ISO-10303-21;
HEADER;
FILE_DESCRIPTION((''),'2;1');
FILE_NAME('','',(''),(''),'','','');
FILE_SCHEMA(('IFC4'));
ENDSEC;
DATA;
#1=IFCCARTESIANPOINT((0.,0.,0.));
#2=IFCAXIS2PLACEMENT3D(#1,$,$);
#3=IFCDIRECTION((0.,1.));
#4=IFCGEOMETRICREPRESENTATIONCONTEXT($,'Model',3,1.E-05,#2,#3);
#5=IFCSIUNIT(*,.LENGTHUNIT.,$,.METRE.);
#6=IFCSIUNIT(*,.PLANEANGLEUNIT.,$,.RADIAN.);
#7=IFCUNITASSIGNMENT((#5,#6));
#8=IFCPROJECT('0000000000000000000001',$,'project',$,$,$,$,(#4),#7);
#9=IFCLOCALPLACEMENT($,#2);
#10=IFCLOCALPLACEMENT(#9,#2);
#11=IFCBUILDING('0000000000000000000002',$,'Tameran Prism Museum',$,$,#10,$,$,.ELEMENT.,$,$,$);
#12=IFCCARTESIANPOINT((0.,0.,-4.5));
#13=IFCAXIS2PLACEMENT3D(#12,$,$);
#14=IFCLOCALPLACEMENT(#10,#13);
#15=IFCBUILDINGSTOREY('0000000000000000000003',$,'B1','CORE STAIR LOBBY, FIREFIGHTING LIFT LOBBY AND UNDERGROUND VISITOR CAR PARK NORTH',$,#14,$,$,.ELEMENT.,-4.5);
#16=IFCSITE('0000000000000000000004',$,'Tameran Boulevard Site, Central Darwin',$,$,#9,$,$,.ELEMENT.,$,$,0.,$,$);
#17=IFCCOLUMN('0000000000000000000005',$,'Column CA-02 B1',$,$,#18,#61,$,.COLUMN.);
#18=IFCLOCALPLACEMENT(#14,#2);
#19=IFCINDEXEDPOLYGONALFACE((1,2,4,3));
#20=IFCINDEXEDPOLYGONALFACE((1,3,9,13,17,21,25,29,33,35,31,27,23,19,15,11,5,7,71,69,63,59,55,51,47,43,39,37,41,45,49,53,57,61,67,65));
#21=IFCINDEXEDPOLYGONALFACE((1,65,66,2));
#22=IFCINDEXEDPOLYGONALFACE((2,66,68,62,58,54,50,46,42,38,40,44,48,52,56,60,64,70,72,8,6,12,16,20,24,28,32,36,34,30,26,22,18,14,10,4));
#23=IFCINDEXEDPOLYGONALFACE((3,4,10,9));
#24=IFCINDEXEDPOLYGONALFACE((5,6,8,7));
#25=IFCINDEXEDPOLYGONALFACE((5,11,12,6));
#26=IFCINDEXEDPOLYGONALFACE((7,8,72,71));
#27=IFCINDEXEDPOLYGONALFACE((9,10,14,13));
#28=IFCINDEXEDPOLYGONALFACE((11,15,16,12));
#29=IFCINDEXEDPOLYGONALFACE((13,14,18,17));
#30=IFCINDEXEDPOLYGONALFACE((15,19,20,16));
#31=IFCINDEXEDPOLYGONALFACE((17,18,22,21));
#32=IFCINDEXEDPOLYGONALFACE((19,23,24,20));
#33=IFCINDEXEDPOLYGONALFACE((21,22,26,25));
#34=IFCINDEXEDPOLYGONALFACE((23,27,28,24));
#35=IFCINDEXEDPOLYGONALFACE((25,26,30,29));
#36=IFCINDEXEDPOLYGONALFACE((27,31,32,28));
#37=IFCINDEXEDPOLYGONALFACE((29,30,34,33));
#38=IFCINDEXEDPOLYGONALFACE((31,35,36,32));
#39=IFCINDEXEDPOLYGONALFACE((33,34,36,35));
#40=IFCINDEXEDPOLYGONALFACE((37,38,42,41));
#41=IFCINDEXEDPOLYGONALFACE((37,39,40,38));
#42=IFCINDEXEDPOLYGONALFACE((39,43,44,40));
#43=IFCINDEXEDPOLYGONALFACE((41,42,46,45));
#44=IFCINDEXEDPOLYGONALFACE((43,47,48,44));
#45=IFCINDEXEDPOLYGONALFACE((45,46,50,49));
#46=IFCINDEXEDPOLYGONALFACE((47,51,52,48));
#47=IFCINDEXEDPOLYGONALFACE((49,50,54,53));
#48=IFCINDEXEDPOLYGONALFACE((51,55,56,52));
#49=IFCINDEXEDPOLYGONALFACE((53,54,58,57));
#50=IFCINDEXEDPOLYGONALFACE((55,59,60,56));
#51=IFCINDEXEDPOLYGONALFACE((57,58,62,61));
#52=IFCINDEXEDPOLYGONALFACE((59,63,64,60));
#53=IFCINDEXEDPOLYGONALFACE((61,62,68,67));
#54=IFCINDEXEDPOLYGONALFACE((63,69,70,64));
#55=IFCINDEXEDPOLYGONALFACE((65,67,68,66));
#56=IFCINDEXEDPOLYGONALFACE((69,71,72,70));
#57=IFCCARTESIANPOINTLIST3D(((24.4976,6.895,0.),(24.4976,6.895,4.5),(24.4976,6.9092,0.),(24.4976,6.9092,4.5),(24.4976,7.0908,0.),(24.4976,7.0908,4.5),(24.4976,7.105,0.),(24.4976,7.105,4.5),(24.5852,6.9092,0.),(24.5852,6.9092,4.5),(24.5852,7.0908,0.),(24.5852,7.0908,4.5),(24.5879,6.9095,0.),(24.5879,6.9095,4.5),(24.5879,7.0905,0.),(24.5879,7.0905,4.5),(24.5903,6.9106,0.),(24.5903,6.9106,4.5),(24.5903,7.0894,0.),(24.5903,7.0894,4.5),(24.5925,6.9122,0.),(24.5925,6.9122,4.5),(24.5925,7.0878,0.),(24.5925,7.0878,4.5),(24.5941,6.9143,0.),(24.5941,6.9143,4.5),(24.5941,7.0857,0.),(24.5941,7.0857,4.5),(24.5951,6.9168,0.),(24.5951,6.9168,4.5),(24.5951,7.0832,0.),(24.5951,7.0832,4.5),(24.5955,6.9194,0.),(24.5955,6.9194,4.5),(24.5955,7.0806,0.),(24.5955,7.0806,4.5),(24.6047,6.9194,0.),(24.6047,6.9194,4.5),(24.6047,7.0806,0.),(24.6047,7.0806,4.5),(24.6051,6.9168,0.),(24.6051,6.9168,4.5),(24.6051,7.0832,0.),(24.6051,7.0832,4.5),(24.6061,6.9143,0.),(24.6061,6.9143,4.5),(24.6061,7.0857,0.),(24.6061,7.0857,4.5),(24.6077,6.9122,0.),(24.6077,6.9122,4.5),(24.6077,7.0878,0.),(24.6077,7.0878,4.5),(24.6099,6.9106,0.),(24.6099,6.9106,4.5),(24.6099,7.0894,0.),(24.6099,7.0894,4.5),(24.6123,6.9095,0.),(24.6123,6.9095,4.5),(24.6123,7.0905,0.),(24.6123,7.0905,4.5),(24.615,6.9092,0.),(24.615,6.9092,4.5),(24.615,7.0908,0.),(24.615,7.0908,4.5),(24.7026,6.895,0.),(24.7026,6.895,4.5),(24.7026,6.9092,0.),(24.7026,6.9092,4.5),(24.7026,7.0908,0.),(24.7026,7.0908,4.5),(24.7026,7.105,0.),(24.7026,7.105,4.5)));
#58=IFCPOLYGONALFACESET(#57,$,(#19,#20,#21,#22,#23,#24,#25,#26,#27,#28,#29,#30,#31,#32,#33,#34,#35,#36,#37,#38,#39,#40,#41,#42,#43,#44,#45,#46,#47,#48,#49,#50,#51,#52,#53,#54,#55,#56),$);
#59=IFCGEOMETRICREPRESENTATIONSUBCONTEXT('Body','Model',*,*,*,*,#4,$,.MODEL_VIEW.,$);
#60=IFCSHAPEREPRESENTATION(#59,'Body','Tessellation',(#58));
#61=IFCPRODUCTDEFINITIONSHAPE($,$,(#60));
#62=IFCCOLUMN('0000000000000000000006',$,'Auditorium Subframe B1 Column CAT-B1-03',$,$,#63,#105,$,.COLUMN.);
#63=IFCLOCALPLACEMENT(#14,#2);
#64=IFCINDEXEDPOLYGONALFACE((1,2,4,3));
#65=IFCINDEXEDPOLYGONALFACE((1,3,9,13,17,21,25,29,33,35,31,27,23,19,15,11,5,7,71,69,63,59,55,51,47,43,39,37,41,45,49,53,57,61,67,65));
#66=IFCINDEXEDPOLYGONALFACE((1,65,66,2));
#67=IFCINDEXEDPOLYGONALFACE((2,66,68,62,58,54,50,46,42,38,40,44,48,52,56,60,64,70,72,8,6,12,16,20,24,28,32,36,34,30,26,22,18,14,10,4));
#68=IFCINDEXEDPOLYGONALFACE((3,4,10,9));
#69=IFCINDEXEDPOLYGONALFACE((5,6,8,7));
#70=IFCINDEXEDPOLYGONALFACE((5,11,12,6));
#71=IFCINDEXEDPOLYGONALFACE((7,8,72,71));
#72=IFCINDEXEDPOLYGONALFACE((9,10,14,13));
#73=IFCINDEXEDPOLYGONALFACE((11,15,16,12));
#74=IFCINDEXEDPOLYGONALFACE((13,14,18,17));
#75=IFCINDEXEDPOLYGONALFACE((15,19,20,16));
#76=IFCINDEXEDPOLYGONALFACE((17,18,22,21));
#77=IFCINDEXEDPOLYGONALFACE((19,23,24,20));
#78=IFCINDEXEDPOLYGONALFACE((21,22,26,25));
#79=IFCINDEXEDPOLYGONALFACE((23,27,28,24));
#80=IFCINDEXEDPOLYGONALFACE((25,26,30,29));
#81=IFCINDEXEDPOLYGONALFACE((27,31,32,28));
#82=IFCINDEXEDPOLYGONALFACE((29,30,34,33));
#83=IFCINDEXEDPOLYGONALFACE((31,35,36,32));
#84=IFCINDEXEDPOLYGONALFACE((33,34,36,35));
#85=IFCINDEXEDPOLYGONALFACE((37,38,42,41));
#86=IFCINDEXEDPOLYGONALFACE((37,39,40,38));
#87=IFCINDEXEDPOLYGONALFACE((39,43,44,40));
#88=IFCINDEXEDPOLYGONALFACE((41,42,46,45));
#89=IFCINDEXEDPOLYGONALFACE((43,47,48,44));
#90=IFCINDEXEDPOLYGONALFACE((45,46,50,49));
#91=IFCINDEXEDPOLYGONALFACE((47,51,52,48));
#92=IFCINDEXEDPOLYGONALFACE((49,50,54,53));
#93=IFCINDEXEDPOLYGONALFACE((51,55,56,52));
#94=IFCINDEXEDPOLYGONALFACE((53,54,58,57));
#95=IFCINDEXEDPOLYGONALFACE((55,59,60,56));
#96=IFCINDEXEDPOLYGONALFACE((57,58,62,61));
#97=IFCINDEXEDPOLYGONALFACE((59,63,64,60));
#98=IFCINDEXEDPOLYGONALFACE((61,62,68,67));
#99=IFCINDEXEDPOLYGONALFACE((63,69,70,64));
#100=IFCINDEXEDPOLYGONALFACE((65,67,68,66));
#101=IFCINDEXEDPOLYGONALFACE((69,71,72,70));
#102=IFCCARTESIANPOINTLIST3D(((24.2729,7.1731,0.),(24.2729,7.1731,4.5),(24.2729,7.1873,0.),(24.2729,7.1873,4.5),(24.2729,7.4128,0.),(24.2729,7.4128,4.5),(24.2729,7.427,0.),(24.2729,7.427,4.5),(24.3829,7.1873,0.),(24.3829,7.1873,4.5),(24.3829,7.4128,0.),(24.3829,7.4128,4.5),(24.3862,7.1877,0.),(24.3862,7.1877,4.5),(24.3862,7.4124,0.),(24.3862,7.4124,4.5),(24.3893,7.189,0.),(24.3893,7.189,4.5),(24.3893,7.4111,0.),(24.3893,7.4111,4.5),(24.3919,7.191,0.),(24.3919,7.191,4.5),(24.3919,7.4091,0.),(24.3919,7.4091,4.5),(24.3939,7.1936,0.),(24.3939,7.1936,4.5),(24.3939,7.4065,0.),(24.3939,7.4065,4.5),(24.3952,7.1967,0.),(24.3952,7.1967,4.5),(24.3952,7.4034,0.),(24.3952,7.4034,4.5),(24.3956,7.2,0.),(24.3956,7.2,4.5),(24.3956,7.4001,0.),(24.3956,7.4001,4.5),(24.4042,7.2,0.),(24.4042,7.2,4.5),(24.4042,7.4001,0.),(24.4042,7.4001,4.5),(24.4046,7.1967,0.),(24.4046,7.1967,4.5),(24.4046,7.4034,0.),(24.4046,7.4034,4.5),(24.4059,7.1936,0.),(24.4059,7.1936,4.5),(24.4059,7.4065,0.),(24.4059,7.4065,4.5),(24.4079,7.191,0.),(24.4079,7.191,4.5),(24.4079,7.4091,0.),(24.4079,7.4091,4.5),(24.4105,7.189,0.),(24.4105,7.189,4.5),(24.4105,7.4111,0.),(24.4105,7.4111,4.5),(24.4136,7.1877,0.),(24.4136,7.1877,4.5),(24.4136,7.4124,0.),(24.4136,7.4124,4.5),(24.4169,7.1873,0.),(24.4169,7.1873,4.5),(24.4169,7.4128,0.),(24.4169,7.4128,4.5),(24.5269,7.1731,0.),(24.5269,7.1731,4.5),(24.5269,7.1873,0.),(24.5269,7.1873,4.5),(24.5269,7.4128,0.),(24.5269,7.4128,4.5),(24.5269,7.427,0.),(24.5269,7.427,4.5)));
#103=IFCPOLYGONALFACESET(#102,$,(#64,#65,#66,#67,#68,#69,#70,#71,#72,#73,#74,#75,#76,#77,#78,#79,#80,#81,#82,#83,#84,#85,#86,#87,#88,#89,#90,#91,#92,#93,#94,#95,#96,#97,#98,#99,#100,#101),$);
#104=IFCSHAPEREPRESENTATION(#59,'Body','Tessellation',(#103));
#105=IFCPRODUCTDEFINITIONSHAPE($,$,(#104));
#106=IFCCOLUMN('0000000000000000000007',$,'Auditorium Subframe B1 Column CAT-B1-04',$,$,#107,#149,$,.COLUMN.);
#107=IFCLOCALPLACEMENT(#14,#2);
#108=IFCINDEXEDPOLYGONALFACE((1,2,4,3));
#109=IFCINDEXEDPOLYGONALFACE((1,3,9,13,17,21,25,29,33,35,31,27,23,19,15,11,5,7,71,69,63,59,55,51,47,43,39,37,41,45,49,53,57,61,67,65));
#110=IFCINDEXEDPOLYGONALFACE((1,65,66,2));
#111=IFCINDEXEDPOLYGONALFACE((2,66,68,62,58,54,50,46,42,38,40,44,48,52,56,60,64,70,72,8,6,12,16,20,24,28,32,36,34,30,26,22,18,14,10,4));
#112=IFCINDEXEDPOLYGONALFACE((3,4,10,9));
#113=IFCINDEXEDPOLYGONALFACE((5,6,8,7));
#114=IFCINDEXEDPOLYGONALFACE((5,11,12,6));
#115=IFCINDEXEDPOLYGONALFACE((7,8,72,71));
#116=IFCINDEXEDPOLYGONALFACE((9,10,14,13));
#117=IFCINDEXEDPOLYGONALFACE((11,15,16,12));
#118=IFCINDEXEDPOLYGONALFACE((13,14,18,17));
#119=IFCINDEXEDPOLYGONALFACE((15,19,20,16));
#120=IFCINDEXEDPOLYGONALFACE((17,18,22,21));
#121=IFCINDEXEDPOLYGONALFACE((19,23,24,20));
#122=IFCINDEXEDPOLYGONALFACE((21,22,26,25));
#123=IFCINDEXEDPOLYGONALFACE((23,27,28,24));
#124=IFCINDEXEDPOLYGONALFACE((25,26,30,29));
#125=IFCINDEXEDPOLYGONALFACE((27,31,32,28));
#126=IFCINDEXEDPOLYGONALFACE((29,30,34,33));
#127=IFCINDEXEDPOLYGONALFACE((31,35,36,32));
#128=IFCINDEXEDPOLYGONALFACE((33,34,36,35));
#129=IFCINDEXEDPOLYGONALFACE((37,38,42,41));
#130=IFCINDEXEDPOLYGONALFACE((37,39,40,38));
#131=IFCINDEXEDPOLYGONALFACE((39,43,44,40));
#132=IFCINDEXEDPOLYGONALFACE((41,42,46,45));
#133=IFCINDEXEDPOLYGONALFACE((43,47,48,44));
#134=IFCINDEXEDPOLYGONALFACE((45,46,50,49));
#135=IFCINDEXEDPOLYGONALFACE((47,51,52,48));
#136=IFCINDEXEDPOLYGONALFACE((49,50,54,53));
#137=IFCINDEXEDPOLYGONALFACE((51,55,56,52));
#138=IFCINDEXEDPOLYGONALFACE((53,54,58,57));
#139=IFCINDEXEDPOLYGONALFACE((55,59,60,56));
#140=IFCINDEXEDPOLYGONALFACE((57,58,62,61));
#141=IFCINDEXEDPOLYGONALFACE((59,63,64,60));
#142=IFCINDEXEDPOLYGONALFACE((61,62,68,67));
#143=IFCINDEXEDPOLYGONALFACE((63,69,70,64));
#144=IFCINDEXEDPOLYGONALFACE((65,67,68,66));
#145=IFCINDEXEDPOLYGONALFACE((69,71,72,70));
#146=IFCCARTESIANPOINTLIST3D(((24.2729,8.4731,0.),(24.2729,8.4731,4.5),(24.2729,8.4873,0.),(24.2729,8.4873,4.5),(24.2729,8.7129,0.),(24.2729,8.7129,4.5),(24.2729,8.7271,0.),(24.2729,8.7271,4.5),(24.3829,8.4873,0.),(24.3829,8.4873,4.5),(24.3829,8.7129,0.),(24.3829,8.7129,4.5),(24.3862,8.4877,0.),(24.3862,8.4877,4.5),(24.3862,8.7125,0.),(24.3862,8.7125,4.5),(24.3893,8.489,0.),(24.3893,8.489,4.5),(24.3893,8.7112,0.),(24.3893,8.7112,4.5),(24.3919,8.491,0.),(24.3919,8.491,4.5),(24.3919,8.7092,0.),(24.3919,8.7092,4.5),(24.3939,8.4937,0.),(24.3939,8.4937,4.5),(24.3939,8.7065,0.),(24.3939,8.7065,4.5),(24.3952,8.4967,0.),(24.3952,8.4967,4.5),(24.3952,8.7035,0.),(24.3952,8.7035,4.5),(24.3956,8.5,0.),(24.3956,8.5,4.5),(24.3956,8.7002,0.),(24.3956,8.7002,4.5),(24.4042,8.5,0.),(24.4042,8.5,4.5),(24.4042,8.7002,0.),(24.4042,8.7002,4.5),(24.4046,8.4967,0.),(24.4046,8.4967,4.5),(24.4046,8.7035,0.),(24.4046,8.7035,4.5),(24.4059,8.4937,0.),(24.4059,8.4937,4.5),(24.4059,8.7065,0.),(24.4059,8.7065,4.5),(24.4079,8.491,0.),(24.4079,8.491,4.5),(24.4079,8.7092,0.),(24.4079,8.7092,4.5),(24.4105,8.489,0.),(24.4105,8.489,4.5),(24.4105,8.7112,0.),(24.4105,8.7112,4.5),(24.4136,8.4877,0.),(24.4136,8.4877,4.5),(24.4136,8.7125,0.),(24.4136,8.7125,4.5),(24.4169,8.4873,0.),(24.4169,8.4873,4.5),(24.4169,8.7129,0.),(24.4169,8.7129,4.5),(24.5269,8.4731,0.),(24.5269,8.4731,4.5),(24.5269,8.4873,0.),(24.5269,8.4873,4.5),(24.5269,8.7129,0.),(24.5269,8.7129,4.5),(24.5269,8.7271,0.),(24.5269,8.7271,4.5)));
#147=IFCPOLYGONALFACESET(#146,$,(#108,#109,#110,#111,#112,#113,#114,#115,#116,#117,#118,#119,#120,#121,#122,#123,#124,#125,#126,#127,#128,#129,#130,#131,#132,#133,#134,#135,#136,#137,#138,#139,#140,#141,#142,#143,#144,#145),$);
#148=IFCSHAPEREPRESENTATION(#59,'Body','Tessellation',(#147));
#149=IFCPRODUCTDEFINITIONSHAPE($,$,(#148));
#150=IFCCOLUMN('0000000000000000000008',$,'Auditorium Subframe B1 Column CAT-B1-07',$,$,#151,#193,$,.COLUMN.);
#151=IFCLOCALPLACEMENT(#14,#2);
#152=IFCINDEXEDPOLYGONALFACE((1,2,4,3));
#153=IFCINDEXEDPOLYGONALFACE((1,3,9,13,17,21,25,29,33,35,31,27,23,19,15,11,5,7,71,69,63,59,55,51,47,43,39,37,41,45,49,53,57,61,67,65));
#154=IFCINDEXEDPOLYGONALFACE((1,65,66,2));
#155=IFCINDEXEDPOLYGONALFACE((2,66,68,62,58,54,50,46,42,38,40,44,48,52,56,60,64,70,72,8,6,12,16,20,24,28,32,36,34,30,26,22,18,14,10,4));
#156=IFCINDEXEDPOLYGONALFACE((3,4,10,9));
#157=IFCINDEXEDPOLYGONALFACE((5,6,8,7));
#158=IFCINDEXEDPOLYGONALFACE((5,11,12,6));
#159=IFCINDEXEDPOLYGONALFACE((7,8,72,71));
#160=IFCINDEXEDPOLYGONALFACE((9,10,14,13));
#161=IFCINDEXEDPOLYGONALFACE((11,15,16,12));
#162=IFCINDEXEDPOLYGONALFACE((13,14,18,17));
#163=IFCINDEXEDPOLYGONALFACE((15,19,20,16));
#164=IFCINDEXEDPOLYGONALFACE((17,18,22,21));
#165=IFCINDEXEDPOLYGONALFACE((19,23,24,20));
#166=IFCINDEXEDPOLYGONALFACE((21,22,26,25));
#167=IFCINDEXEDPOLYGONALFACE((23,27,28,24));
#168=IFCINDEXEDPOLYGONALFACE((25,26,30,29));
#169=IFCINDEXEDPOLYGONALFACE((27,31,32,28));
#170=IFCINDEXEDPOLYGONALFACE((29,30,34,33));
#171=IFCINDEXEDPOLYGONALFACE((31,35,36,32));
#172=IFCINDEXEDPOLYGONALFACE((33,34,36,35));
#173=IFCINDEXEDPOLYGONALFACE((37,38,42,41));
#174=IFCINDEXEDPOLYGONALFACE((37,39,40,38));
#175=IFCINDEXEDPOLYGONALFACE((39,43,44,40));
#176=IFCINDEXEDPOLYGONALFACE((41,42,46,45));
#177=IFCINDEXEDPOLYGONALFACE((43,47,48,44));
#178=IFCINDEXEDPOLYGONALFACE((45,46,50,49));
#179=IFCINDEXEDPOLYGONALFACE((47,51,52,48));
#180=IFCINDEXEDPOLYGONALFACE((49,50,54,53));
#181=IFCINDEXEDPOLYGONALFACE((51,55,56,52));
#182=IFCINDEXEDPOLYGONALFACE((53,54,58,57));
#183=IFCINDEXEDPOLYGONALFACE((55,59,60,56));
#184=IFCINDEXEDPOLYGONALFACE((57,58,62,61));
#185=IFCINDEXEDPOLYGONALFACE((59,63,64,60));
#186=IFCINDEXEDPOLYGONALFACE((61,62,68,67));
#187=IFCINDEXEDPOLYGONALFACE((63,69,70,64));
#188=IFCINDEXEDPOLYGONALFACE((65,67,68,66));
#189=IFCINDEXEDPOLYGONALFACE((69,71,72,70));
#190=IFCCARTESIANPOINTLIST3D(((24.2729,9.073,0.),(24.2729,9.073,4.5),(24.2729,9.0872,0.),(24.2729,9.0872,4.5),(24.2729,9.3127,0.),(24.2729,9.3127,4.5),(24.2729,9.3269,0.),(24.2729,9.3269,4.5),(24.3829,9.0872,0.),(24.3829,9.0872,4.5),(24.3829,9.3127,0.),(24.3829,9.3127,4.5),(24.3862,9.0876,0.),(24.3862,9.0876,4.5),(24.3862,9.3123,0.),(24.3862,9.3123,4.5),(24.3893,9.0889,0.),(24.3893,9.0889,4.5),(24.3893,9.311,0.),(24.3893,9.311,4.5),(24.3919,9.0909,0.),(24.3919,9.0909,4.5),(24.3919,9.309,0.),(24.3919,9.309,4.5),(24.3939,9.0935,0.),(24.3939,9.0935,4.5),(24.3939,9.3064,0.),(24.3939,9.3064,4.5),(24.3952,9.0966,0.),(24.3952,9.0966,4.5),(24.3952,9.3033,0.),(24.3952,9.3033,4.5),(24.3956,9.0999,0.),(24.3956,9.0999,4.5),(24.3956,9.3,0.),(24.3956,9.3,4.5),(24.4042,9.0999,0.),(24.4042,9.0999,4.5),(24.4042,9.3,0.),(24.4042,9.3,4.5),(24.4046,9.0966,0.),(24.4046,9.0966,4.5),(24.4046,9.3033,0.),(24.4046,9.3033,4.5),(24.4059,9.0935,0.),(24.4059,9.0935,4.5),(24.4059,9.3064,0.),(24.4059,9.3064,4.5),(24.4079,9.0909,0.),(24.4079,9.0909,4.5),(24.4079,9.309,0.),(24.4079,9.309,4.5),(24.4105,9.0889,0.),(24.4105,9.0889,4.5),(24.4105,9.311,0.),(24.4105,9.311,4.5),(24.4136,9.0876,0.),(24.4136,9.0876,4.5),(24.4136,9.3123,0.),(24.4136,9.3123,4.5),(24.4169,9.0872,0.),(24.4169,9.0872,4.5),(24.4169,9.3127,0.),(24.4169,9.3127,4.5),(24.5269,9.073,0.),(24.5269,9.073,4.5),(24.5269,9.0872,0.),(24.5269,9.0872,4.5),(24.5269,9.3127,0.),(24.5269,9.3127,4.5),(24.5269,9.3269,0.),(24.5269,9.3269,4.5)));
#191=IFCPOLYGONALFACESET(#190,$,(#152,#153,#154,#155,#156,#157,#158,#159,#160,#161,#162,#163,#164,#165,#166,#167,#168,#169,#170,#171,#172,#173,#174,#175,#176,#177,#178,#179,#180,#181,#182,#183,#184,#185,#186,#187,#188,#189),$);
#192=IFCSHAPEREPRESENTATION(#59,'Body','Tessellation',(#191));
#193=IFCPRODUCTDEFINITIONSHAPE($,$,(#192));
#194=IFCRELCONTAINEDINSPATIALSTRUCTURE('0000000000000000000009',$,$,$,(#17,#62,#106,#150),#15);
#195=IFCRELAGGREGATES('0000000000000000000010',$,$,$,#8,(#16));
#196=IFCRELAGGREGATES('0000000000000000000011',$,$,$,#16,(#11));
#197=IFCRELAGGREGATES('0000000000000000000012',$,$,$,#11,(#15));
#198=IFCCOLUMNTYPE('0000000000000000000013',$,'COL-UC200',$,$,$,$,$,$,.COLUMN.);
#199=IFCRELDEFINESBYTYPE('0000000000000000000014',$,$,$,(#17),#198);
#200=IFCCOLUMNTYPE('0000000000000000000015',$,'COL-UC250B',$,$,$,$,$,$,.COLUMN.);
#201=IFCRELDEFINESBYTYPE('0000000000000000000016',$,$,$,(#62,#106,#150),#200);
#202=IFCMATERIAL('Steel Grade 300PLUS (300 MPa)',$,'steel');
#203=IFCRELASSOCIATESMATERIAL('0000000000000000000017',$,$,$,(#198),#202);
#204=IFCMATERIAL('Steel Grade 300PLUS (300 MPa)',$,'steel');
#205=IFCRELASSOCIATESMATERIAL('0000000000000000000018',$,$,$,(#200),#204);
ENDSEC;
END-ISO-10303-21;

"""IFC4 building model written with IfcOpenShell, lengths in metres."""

from ifc_helpers import new_model, si_unit, direction, frame, origin, origin_2d, place, context, subcontext, project, spatial, i_section, extrude, material, material_profile, profile_set, type_object, element, save


model = new_model("IFC4")

# Units and contexts
model_context = context("Model", 3, precision=1e-05, world=origin(), true_north=direction((0.0, 1.0)))
body_context = subcontext(model_context, "Body", "Model", "MODEL_VIEW")
ifc_project = project(units=[si_unit("LENGTHUNIT", "METRE"), si_unit("PLANEANGLEUNIT", "RADIAN")], contexts=[model_context])

# Site, building, storey
site_placement = place(None, origin())
site = spatial("IfcSite", under=ifc_project, at=site_placement, Name="Tameran Boulevard Site, Central Darwin", CompositionType="ELEMENT", RefElevation=0.0)
building_placement = place(site_placement, origin())
building = spatial("IfcBuilding", under=site, at=building_placement, Name="Tameran Prism Museum", CompositionType="ELEMENT")
storey_placement = place(building_placement, frame((0.0, 0.0, -4.5)))
storey = spatial("IfcBuildingStorey", under=building, at=storey_placement, Name="B1", Description="CORE STAIR LOBBY, FIREFIGHTING LIFT LOBBY AND UNDERGROUND VISITOR CAR PARK NORTH", CompositionType="ELEMENT", Elevation=-4.5)

# Columns
ifc_material_1 = material(Name="Steel Grade 300PLUS (300 MPa)", Category="steel")
ifc_material_profile_1 = material_profile(ifc_material_1, i_section(OverallWidth=0.2051, OverallDepth=0.21, WebThickness=0.0093, FlangeThickness=0.0142, FilletRadius=0.0103, at=origin_2d()))
ifc_profile_set_1 = profile_set([ifc_material_profile_1])
column_type_1 = type_object("IfcColumnType", Name="COL-UC200", PredefinedType="COLUMN", material=ifc_profile_set_1)
column_1_placement = place(storey_placement, frame((24.6001, 7.0, 0.0), z_axis=(0.0, 0.0, 1.0), x_axis=(1.0, 0.0, 0.0)))
element("IfcColumn", 1, at=column_1_placement, inside=storey, type_object=column_type_1, Name="Column CA-02 B1", PredefinedType="COLUMN", context=body_context, shape_type="SweptSolid", body=[
    extrude(i_section(OverallWidth=0.2051, OverallDepth=0.21, WebThickness=0.0093, FlangeThickness=0.0142, FilletRadius=0.0103, at=origin_2d()), origin(), (0.0, 0.0, 1.0), 4.5),
])
ifc_material_2 = material(Name="Steel Grade 300PLUS (300 MPa)", Category="steel")
ifc_material_profile_2 = material_profile(ifc_material_2, i_section(OverallWidth=0.2539, OverallDepth=0.2539, WebThickness=0.0085, FlangeThickness=0.0142, FilletRadius=0.0127, at=origin_2d()))
ifc_profile_set_2 = profile_set([ifc_material_profile_2])
column_type_2 = type_object("IfcColumnType", Name="COL-UC250B", PredefinedType="COLUMN", material=ifc_profile_set_2)
for number, where, z_axis, x_axis, name in (
    (2, (24.3999, 7.3, 0.0), (0.0, 0.0, 1.0), (1.0, 0.0, 0.0), "Auditorium Subframe B1 Column CAT-B1-03"),
    (3, (24.3999, 8.6001, 0.0), (0.0, 0.0, 1.0), (1.0, 0.0, 0.0), "Auditorium Subframe B1 Column CAT-B1-04"),
    (4, (24.3999, 9.2, 0.0), (0.0, 0.0, 1.0), (1.0, 0.0, 0.0), "Auditorium Subframe B1 Column CAT-B1-07"),
):
    element("IfcColumn", number, at=place(storey_placement, frame(where, z_axis=z_axis, x_axis=x_axis)), inside=storey, type_object=column_type_2, Name=name, PredefinedType="COLUMN", context=body_context, shape_type="SweptSolid", body=[
        extrude(i_section(OverallWidth=0.2539, OverallDepth=0.2539, WebThickness=0.0085, FlangeThickness=0.0142, FilletRadius=0.0127, at=origin_2d()), origin(), (0.0, 0.0, 1.0), 4.5),
    ])

save(model, "model.ifc")
